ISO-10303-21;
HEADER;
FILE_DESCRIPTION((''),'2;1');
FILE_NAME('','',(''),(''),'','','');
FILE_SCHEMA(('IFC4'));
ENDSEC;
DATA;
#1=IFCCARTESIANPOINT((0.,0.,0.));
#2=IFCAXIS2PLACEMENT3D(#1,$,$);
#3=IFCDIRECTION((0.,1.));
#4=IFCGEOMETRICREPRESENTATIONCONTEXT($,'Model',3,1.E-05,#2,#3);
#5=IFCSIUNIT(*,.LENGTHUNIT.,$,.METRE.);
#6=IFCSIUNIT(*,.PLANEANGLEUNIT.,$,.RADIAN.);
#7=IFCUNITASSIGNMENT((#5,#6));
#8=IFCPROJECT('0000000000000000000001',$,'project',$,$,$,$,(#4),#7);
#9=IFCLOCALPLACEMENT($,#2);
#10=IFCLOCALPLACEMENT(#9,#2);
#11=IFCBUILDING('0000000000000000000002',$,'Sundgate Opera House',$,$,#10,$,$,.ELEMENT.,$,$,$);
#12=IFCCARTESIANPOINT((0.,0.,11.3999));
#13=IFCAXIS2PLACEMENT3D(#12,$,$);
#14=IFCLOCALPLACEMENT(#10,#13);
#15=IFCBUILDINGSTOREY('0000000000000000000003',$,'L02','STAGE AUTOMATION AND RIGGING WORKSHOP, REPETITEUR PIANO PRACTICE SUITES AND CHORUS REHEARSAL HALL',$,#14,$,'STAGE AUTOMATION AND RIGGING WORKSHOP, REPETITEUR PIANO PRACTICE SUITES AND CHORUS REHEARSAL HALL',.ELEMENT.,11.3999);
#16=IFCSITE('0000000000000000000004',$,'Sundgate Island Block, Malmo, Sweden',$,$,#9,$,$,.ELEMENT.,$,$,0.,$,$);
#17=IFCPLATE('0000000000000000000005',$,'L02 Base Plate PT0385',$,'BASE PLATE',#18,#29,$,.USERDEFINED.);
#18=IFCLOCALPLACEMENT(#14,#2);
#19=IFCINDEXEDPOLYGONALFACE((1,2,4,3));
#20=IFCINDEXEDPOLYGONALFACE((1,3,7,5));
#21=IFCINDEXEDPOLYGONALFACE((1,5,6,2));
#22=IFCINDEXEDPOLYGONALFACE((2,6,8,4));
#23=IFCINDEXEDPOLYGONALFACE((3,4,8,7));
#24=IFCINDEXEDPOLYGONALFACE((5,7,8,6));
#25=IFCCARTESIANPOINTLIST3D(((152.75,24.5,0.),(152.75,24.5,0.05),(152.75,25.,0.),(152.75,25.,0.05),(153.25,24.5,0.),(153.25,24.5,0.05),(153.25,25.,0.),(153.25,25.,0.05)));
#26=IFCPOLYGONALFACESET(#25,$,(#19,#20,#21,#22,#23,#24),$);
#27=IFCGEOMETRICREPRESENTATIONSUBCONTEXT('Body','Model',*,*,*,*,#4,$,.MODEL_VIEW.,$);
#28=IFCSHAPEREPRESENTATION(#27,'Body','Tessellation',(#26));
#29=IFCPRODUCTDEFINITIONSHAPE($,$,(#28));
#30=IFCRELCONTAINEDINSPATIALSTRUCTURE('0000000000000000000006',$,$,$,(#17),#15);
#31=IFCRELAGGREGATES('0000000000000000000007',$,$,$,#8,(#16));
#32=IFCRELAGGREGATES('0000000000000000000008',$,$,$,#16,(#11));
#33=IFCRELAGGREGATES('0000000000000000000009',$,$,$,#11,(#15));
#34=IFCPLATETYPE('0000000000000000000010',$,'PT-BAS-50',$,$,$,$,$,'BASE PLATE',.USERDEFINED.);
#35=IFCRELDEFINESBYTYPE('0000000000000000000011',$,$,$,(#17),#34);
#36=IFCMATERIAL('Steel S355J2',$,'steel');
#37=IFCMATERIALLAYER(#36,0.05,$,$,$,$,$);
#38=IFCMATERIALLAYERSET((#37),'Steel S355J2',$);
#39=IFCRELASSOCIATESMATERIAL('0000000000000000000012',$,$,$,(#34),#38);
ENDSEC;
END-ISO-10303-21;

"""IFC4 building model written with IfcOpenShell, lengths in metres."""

from ifc_helpers import new_model, si_unit, direction, frame, origin, origin_2d, place, context, subcontext, project, spatial, rectangle, extrude, material, layer, layer_set, type_object, element, save


model = new_model("IFC4")

# Units and contexts
model_context = context("Model", 3, precision=1e-05, world=origin(), true_north=direction((0.0, 1.0)))
body_context = subcontext(model_context, "Body", "Model", "MODEL_VIEW")
ifc_project = project(units=[si_unit("LENGTHUNIT", "METRE"), si_unit("PLANEANGLEUNIT", "RADIAN")], contexts=[model_context])

# Site, building, storey
site_placement = place(None, origin())
site = spatial("IfcSite", under=ifc_project, at=site_placement, Name="Sundgate Island Block, Malmo, Sweden", CompositionType="ELEMENT", RefElevation=0.0)
building_placement = place(site_placement, origin())
building = spatial("IfcBuilding", under=site, at=building_placement, Name="Sundgate Opera House", CompositionType="ELEMENT")
storey_placement = place(building_placement, frame((0.0, 0.0, 11.3999)))
storey = spatial("IfcBuildingStorey", under=building, at=storey_placement, Name="L02", Description="STAGE AUTOMATION AND RIGGING WORKSHOP, REPETITEUR PIANO PRACTICE SUITES AND CHORUS REHEARSAL HALL", LongName="STAGE AUTOMATION AND RIGGING WORKSHOP, REPETITEUR PIANO PRACTICE SUITES AND CHORUS REHEARSAL HALL", CompositionType="ELEMENT", Elevation=11.3999)

# Plate
ifc_material_1 = material(Name="Steel S355J2", Category="steel")
ifc_layer_1 = layer(ifc_material_1, 0.05)
ifc_layer_set_1 = layer_set([ifc_layer_1], Name="Steel S355J2")
plate_type_1 = type_object("IfcPlateType", Name="PT-BAS-50", ElementType="BASE PLATE", PredefinedType="USERDEFINED", material=ifc_layer_set_1)
plate_1_placement = place(storey_placement, frame((153.0, 24.75, 0.0), z_axis=(0.0, 0.0, 1.0), x_axis=(1.0, 0.0, 0.0)))
element("IfcPlate", 1, at=plate_1_placement, inside=storey, type_object=plate_type_1, Name="L02 Base Plate PT0385", ObjectType="BASE PLATE", PredefinedType="USERDEFINED", context=body_context, shape_type="SweptSolid", body=[
    extrude(rectangle(XDim=0.5, YDim=0.5, at=origin_2d()), origin(), (0.0, 0.0, 1.0), 0.05),
])

save(model, "model.ifc")
